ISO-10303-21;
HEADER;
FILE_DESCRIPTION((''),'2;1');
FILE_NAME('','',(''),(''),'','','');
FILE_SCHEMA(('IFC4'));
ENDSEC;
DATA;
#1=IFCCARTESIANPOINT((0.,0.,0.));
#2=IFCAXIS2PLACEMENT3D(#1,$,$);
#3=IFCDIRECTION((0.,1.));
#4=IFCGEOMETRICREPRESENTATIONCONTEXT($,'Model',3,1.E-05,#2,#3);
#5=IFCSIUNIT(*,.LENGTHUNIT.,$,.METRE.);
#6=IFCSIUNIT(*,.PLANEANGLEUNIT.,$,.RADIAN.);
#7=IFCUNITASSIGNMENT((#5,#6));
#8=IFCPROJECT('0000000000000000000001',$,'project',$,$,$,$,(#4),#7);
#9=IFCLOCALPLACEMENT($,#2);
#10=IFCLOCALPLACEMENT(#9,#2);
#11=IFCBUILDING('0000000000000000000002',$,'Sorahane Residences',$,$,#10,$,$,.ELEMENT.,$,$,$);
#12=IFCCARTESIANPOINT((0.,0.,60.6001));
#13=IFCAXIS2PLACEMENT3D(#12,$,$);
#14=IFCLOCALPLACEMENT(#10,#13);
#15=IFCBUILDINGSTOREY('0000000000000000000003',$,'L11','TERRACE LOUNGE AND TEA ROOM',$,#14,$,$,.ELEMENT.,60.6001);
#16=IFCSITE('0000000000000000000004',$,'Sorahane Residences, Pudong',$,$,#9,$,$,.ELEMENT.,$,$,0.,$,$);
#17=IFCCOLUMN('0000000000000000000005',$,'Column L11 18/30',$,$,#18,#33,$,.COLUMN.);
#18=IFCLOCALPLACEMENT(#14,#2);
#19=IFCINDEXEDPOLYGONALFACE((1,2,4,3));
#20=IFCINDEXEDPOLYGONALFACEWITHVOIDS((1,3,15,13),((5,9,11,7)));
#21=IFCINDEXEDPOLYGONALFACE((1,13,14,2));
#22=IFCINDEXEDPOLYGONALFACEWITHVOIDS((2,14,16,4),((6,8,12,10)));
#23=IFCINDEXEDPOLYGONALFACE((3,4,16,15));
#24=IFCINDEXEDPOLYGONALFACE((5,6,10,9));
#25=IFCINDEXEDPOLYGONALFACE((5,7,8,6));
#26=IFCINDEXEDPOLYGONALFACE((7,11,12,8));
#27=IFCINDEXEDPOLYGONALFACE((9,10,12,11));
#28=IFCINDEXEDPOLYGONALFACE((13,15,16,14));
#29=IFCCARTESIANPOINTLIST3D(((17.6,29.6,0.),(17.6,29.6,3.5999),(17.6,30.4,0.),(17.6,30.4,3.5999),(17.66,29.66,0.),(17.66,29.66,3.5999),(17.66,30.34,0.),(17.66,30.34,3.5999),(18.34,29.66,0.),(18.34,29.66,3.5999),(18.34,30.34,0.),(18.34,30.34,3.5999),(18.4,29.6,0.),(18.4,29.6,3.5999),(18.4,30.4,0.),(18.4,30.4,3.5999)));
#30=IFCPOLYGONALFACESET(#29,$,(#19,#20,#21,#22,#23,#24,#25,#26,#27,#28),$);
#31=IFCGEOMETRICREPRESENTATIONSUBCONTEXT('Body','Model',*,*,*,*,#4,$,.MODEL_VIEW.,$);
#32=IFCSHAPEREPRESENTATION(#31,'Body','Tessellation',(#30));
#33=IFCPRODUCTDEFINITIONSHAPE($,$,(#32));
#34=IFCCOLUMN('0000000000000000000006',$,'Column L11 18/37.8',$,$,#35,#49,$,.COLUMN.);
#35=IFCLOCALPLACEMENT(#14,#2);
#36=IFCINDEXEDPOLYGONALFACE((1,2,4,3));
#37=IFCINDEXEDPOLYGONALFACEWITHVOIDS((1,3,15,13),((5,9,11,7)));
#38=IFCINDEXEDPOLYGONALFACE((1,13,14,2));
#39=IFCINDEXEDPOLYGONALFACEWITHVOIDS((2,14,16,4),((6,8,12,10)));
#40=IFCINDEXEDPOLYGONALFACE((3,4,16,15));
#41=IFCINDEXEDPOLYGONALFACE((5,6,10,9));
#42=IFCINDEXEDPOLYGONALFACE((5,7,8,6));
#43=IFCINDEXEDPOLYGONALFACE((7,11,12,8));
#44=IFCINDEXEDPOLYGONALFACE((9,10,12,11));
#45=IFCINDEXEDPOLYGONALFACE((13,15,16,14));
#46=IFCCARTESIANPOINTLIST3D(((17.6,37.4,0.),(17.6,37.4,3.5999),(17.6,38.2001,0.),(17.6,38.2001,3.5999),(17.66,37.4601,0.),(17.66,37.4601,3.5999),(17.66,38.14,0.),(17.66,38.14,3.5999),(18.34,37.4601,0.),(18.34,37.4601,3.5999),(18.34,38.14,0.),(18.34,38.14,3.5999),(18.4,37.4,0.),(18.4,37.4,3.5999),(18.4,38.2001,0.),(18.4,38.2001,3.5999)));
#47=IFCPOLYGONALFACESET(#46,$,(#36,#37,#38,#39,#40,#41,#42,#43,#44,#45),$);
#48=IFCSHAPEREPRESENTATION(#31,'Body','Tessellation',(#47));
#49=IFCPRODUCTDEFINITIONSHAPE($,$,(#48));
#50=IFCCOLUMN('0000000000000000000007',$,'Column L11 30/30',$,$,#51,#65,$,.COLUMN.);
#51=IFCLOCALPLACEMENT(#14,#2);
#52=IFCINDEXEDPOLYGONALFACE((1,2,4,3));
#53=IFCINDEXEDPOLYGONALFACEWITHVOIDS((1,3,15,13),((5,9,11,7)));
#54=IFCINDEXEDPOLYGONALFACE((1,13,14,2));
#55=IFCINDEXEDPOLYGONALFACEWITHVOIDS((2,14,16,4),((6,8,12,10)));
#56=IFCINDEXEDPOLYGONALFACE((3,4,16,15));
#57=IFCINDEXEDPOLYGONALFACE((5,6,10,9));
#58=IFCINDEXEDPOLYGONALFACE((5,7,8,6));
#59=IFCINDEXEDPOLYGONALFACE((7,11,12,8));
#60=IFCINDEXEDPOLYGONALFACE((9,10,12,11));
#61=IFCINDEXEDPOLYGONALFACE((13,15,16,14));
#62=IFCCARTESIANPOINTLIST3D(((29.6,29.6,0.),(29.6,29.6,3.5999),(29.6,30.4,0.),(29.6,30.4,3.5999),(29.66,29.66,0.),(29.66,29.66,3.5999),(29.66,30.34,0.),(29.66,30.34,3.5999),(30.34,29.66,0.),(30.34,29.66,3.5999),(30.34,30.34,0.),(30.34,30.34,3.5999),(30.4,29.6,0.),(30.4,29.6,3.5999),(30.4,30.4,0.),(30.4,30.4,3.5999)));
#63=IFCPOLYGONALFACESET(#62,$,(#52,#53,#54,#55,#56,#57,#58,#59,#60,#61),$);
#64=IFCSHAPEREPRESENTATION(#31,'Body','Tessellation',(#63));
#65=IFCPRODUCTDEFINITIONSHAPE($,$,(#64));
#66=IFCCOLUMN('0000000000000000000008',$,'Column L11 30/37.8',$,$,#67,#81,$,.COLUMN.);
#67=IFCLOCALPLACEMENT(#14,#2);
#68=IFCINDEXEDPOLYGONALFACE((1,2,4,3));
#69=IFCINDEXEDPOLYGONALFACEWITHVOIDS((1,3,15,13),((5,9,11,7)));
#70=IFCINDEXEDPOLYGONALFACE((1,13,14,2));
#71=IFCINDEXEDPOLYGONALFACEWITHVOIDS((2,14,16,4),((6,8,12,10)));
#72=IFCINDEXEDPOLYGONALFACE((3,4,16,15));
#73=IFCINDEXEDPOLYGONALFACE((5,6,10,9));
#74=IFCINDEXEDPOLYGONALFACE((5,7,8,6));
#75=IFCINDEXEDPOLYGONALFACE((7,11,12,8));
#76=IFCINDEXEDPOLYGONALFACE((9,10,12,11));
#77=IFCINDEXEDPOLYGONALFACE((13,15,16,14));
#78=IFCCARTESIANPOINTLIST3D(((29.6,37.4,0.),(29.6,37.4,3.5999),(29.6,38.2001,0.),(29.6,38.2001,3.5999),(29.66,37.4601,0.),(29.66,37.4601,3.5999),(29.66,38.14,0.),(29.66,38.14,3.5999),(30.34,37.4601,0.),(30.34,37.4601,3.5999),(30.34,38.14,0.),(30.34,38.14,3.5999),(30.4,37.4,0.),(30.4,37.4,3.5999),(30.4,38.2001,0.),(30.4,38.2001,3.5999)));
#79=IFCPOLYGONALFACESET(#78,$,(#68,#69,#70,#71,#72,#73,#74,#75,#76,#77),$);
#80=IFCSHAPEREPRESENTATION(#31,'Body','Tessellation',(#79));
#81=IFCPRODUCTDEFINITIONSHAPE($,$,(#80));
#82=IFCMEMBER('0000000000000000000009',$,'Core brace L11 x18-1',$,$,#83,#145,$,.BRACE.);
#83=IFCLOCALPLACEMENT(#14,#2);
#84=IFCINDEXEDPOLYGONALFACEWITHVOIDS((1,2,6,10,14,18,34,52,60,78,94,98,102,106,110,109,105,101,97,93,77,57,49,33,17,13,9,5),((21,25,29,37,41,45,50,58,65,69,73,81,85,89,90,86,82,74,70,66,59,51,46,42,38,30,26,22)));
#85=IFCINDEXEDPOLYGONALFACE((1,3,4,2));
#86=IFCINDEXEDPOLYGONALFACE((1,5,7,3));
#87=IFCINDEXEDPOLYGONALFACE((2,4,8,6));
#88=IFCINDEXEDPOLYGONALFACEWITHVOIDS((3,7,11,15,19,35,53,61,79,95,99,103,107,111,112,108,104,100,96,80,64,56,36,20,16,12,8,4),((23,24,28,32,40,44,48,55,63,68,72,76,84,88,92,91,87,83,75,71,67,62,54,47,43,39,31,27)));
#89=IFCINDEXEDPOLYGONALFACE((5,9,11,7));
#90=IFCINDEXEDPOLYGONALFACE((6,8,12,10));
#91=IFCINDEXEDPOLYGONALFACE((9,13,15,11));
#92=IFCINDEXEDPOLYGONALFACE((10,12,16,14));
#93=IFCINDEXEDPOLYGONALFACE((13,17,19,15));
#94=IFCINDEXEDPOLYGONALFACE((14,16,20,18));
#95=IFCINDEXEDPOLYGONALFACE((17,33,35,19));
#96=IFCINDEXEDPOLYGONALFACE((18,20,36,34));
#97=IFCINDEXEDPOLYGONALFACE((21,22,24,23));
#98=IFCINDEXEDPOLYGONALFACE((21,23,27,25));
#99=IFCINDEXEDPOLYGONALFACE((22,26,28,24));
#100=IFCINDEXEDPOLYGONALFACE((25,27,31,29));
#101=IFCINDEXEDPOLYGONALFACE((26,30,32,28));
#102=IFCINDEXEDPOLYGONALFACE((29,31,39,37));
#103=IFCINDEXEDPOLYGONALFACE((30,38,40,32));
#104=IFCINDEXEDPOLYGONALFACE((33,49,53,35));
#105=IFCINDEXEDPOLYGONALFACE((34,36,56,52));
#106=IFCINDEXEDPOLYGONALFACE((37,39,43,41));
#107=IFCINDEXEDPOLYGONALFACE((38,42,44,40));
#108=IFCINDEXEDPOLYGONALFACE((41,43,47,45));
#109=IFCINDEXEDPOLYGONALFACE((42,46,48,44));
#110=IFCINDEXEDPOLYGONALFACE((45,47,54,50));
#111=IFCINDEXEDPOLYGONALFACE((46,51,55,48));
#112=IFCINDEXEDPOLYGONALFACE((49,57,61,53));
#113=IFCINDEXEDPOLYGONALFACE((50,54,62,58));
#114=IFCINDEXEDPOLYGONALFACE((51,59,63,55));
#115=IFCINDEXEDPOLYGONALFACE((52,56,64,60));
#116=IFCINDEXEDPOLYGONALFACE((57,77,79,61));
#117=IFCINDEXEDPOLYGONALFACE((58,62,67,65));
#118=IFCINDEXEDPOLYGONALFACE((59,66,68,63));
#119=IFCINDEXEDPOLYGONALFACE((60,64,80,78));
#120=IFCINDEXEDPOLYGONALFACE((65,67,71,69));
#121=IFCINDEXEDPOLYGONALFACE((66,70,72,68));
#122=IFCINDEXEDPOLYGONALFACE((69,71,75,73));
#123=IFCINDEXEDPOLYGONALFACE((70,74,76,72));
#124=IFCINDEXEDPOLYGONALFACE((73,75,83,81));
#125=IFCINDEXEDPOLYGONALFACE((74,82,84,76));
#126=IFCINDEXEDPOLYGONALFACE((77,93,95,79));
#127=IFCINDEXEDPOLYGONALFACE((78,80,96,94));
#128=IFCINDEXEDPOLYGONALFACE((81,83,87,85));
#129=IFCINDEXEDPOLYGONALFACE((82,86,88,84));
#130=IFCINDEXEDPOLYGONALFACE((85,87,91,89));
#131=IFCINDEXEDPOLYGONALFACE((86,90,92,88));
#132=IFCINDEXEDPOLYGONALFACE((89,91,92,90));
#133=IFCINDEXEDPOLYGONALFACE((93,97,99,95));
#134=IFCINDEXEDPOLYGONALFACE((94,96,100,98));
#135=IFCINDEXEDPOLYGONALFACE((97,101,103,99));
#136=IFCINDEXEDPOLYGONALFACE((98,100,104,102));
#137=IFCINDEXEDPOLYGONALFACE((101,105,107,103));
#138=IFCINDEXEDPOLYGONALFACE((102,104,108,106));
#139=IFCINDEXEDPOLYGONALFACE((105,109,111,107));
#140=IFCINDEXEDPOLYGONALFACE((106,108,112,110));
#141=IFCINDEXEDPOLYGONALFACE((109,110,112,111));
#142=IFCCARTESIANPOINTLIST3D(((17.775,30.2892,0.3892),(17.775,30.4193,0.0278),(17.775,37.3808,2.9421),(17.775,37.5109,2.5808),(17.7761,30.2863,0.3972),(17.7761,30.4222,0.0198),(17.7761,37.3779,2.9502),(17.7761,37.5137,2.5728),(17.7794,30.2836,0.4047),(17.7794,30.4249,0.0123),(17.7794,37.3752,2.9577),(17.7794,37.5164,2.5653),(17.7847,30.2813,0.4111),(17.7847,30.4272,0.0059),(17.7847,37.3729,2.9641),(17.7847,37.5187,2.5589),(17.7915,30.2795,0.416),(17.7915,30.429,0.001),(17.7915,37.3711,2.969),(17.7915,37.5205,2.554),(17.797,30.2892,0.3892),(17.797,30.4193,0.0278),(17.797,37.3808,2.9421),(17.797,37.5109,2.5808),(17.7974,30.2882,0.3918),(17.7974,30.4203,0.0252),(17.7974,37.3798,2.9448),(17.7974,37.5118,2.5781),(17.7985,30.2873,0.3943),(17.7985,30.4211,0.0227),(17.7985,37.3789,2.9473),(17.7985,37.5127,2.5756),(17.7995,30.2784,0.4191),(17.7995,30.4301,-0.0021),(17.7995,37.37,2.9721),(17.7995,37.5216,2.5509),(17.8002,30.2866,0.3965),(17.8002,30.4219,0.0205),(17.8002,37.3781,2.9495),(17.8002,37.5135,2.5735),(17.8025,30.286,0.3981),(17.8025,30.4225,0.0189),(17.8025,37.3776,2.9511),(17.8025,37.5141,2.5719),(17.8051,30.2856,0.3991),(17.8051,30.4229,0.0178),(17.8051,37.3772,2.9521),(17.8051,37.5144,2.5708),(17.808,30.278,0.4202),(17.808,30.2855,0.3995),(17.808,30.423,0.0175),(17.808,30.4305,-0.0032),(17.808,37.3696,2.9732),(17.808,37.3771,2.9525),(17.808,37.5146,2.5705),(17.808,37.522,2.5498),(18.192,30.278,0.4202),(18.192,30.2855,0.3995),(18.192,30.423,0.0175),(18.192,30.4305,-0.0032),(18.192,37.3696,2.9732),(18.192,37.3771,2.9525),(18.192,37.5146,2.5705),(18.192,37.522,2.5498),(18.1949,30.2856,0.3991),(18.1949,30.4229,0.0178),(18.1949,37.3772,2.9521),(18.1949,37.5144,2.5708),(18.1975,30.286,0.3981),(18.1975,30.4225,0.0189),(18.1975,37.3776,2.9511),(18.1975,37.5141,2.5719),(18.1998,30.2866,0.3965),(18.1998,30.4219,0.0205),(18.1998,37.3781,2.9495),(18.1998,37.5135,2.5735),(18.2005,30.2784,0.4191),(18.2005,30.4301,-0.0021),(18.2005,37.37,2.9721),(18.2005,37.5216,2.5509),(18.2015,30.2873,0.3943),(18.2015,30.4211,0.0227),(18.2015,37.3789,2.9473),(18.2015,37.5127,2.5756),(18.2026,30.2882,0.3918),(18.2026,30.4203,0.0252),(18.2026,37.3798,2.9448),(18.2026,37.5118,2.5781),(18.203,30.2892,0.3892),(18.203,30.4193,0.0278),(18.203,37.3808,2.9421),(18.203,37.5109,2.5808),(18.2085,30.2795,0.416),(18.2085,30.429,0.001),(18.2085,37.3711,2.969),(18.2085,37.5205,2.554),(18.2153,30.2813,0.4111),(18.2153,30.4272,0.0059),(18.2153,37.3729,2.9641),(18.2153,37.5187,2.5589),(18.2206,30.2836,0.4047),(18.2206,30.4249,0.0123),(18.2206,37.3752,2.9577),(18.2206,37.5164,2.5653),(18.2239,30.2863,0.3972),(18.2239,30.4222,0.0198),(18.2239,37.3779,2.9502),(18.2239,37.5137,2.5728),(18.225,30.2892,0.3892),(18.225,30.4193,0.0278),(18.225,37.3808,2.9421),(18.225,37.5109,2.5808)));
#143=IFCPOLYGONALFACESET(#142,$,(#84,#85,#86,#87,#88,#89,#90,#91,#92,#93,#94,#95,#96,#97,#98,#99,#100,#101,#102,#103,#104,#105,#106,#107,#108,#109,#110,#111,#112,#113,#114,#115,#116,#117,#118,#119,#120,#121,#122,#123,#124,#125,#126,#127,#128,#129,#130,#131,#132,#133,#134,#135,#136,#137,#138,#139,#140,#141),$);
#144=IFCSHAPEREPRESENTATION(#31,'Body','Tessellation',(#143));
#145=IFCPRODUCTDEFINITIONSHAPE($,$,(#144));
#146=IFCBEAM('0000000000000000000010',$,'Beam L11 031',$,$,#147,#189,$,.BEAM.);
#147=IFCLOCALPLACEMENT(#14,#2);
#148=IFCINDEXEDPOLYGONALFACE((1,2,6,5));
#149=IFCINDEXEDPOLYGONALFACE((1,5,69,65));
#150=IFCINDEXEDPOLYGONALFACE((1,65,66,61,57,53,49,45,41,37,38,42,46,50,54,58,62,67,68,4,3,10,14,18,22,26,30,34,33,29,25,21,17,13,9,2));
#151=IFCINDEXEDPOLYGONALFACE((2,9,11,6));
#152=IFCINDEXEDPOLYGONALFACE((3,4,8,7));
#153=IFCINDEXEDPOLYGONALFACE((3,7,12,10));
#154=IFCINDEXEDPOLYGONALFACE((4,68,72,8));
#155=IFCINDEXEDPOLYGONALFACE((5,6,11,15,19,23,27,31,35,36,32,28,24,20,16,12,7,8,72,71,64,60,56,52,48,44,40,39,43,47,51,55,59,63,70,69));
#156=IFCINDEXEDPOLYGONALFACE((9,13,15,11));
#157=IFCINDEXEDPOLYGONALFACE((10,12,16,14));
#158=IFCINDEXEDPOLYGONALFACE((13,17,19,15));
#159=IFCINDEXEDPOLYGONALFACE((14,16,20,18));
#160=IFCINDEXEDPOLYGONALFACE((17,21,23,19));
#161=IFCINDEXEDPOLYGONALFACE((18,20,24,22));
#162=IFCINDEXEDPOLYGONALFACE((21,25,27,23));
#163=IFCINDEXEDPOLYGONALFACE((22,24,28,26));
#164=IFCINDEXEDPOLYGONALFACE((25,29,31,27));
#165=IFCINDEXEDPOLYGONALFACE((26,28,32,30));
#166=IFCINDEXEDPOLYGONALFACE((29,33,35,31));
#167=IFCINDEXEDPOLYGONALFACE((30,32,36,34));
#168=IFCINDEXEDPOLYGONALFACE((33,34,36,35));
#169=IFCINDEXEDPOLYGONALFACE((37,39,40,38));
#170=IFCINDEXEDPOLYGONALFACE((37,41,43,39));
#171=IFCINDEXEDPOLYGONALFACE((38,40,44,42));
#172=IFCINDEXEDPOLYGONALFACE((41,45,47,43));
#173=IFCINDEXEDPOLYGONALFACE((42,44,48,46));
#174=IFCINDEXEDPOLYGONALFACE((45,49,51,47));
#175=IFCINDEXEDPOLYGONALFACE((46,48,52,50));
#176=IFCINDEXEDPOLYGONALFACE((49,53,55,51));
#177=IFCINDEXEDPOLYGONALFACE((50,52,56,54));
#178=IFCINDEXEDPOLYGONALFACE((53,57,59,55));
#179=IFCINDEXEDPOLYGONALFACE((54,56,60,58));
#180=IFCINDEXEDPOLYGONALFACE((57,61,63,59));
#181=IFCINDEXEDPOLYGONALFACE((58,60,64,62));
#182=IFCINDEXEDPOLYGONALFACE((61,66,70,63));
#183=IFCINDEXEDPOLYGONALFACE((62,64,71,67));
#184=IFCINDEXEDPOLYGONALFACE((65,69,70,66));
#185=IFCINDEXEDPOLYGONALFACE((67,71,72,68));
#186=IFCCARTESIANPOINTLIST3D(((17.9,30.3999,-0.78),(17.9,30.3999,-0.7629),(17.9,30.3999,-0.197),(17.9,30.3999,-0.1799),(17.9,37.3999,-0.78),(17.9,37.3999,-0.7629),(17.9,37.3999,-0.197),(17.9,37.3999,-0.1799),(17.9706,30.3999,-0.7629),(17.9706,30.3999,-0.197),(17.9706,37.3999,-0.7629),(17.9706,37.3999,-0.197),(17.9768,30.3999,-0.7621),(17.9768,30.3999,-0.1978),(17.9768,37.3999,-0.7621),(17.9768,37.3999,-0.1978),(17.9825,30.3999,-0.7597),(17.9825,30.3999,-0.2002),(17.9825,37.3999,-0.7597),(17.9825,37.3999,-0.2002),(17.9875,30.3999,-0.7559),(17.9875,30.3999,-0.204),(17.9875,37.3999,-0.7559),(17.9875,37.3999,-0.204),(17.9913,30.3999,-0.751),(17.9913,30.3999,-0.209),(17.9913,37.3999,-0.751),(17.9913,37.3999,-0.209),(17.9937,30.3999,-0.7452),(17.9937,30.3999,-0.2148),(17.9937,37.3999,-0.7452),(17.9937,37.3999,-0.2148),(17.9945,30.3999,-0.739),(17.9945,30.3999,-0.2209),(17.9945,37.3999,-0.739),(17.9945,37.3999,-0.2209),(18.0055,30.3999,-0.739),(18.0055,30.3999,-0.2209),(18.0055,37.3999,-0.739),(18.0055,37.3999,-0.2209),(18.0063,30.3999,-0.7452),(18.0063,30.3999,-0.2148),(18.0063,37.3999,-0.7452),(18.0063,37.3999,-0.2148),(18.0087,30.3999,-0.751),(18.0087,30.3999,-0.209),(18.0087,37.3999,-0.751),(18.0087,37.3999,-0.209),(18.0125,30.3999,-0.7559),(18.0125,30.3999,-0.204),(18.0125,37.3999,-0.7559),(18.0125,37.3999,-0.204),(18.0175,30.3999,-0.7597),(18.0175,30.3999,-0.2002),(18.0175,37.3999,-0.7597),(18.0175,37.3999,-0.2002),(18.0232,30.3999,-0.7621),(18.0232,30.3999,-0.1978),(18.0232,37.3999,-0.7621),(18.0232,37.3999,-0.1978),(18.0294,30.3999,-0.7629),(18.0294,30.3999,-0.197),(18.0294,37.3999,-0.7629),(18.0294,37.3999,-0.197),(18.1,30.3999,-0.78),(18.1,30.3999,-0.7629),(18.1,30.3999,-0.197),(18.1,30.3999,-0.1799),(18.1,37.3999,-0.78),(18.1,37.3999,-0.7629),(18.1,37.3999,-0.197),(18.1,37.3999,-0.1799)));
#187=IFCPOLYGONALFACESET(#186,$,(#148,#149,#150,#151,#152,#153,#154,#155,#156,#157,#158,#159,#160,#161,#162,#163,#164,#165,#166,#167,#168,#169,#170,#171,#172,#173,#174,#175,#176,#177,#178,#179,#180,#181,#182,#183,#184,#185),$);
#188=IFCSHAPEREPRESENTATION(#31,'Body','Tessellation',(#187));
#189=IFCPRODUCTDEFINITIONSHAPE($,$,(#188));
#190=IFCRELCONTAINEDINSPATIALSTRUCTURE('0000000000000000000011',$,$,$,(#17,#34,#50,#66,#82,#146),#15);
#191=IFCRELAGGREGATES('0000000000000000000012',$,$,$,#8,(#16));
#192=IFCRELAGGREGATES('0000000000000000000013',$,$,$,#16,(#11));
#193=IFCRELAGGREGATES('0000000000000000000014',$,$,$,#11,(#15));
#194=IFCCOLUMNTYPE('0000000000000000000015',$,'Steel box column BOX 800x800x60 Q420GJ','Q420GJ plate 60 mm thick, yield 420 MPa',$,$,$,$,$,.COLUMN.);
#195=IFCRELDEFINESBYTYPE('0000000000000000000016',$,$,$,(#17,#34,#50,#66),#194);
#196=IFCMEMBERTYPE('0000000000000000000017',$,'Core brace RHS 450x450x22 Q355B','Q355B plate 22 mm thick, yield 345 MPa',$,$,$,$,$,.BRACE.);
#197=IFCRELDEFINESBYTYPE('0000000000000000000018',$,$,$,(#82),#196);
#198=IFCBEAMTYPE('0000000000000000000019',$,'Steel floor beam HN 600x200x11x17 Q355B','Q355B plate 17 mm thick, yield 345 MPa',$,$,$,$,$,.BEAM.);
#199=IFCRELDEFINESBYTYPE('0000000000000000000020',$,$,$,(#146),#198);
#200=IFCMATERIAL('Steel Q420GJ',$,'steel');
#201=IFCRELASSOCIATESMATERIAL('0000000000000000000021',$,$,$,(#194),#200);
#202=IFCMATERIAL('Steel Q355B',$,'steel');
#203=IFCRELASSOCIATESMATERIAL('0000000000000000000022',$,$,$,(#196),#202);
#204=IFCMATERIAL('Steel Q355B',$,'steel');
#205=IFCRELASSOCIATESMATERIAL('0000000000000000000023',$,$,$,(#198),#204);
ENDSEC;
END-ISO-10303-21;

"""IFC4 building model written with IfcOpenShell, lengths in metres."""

from ifc_helpers import new_model, si_unit, direction, frame, origin, origin_2d, place, context, subcontext, project, spatial, hollow_rectangle, i_section, extrude, material, material_profile, profile_set, type_object, element, save


model = new_model("IFC4")

# Units and contexts
model_context = context("Model", 3, precision=1e-05, world=origin(), true_north=direction((0.0, 1.0)))
body_context = subcontext(model_context, "Body", "Model", "MODEL_VIEW")
ifc_project = project(units=[si_unit("LENGTHUNIT", "METRE"), si_unit("PLANEANGLEUNIT", "RADIAN")], contexts=[model_context])

# Site, building, storey
site_placement = place(None, origin())
site = spatial("IfcSite", under=ifc_project, at=site_placement, Name="Sorahane Residences, Pudong", CompositionType="ELEMENT", RefElevation=0.0)
building_placement = place(site_placement, origin())
building = spatial("IfcBuilding", under=site, at=building_placement, Name="Sorahane Residences", CompositionType="ELEMENT")
storey_placement = place(building_placement, frame((0.0, 0.0, 60.6001)))
storey = spatial("IfcBuildingStorey", under=building, at=storey_placement, Name="L11", Description="TERRACE LOUNGE AND TEA ROOM", CompositionType="ELEMENT", Elevation=60.6001)

# Columns
ifc_material_1 = material(Name="Steel Q420GJ", Category="steel")
ifc_material_profile_1 = material_profile(ifc_material_1, hollow_rectangle(XDim=0.8, YDim=0.8, WallThickness=0.0601, at=origin_2d()), Name="BOX 800x800x60")
ifc_profile_set_1 = profile_set([ifc_material_profile_1], Name="Steel Q420GJ")
column_type = type_object("IfcColumnType", Name="Steel box column BOX 800x800x60 Q420GJ", Description="Q420GJ plate 60 mm thick, yield 420 MPa", PredefinedType="COLUMN", material=ifc_profile_set_1)
for number, where, z_axis, x_axis, name in (
    (1, (18.0, 30.0, 0.0), (0.0, 0.0, 1.0), (1.0, 0.0, 0.0), "Column L11 18/30"),
    (2, (18.0, 37.8, 0.0), (0.0, 0.0, 1.0), (1.0, 0.0, 0.0), "Column L11 18/37.8"),
    (3, (30.0, 30.0, 0.0), (0.0, 0.0, 1.0), (1.0, 0.0, 0.0), "Column L11 30/30"),
    (4, (30.0, 37.8, 0.0), (0.0, 0.0, 1.0), (1.0, 0.0, 0.0), "Column L11 30/37.8"),
):
    element("IfcColumn", number, at=place(storey_placement, frame(where, z_axis=z_axis, x_axis=x_axis)), inside=storey, type_object=column_type, Name=name, PredefinedType="COLUMN", context=body_context, shape_type="SweptSolid", body=[
        extrude(hollow_rectangle(XDim=0.8, YDim=0.8, WallThickness=0.0601, at=origin_2d()), origin(), (0.0, 0.0, 1.0), 3.5999),
    ])

# Member
ifc_material_2 = material(Name="Steel Q355B", Category="steel")
ifc_material_profile_2 = material_profile(ifc_material_2, hollow_rectangle(XDim=0.45, YDim=0.45, WallThickness=0.022, InnerFilletRadius=0.011, OuterFilletRadius=0.033, at=origin_2d()), Name="RHS 450x450x22")
ifc_profile_set_2 = profile_set([ifc_material_profile_2], Name="Steel Q355B")
member_type = type_object("IfcMemberType", Name="Core brace RHS 450x450x22 Q355B", Description="Q355B plate 22 mm thick, yield 345 MPa", PredefinedType="BRACE", material=ifc_profile_set_2)
member_placement = place(storey_placement, frame((18.0, 30.3542, 0.2085), z_axis=(0.0, 0.940887, 0.338722), x_axis=(-1.0, 0.0, 0.0)))
element("IfcMember", 5, at=member_placement, inside=storey, type_object=member_type, Name="Core brace L11 x18-1", PredefinedType="BRACE", context=body_context, shape_type="SweptSolid", body=[
    extrude(hollow_rectangle(XDim=0.45, YDim=0.45, WallThickness=0.022, InnerFilletRadius=0.011, OuterFilletRadius=0.033, at=origin_2d()), origin(), (0.0, 0.0, 1.0), 7.5371),
])

# Beam
ifc_material_3 = material(Name="Steel Q355B", Category="steel")
ifc_material_profile_3 = material_profile(ifc_material_3, i_section(OverallWidth=0.2, OverallDepth=0.6001, WebThickness=0.011, FlangeThickness=0.0171, FilletRadius=0.0239, at=origin_2d()), Name="HN 600x200x11x17")
ifc_profile_set_3 = profile_set([ifc_material_profile_3], Name="Steel Q355B")
beam_type = type_object("IfcBeamType", Name="Steel floor beam HN 600x200x11x17 Q355B", Description="Q355B plate 17 mm thick, yield 345 MPa", PredefinedType="BEAM", material=ifc_profile_set_3)
for number, where, z_axis, x_axis, name in (
    (6, (18.0, 30.3999, -0.48), (0.0, 1.0, 0.0), (-1.0, 0.0, 0.0), "Beam L11 031"),
):
    element("IfcBeam", number, at=place(storey_placement, frame(where, z_axis=z_axis, x_axis=x_axis)), inside=storey, type_object=beam_type, Name=name, PredefinedType="BEAM", context=body_context, shape_type="SweptSolid", body=[
        extrude(i_section(OverallWidth=0.2, OverallDepth=0.6001, WebThickness=0.011, FlangeThickness=0.0171, FilletRadius=0.0239, at=origin_2d()), origin(), (0.0, 0.0, 1.0), 7.0),
    ])

save(model, "model.ifc")
